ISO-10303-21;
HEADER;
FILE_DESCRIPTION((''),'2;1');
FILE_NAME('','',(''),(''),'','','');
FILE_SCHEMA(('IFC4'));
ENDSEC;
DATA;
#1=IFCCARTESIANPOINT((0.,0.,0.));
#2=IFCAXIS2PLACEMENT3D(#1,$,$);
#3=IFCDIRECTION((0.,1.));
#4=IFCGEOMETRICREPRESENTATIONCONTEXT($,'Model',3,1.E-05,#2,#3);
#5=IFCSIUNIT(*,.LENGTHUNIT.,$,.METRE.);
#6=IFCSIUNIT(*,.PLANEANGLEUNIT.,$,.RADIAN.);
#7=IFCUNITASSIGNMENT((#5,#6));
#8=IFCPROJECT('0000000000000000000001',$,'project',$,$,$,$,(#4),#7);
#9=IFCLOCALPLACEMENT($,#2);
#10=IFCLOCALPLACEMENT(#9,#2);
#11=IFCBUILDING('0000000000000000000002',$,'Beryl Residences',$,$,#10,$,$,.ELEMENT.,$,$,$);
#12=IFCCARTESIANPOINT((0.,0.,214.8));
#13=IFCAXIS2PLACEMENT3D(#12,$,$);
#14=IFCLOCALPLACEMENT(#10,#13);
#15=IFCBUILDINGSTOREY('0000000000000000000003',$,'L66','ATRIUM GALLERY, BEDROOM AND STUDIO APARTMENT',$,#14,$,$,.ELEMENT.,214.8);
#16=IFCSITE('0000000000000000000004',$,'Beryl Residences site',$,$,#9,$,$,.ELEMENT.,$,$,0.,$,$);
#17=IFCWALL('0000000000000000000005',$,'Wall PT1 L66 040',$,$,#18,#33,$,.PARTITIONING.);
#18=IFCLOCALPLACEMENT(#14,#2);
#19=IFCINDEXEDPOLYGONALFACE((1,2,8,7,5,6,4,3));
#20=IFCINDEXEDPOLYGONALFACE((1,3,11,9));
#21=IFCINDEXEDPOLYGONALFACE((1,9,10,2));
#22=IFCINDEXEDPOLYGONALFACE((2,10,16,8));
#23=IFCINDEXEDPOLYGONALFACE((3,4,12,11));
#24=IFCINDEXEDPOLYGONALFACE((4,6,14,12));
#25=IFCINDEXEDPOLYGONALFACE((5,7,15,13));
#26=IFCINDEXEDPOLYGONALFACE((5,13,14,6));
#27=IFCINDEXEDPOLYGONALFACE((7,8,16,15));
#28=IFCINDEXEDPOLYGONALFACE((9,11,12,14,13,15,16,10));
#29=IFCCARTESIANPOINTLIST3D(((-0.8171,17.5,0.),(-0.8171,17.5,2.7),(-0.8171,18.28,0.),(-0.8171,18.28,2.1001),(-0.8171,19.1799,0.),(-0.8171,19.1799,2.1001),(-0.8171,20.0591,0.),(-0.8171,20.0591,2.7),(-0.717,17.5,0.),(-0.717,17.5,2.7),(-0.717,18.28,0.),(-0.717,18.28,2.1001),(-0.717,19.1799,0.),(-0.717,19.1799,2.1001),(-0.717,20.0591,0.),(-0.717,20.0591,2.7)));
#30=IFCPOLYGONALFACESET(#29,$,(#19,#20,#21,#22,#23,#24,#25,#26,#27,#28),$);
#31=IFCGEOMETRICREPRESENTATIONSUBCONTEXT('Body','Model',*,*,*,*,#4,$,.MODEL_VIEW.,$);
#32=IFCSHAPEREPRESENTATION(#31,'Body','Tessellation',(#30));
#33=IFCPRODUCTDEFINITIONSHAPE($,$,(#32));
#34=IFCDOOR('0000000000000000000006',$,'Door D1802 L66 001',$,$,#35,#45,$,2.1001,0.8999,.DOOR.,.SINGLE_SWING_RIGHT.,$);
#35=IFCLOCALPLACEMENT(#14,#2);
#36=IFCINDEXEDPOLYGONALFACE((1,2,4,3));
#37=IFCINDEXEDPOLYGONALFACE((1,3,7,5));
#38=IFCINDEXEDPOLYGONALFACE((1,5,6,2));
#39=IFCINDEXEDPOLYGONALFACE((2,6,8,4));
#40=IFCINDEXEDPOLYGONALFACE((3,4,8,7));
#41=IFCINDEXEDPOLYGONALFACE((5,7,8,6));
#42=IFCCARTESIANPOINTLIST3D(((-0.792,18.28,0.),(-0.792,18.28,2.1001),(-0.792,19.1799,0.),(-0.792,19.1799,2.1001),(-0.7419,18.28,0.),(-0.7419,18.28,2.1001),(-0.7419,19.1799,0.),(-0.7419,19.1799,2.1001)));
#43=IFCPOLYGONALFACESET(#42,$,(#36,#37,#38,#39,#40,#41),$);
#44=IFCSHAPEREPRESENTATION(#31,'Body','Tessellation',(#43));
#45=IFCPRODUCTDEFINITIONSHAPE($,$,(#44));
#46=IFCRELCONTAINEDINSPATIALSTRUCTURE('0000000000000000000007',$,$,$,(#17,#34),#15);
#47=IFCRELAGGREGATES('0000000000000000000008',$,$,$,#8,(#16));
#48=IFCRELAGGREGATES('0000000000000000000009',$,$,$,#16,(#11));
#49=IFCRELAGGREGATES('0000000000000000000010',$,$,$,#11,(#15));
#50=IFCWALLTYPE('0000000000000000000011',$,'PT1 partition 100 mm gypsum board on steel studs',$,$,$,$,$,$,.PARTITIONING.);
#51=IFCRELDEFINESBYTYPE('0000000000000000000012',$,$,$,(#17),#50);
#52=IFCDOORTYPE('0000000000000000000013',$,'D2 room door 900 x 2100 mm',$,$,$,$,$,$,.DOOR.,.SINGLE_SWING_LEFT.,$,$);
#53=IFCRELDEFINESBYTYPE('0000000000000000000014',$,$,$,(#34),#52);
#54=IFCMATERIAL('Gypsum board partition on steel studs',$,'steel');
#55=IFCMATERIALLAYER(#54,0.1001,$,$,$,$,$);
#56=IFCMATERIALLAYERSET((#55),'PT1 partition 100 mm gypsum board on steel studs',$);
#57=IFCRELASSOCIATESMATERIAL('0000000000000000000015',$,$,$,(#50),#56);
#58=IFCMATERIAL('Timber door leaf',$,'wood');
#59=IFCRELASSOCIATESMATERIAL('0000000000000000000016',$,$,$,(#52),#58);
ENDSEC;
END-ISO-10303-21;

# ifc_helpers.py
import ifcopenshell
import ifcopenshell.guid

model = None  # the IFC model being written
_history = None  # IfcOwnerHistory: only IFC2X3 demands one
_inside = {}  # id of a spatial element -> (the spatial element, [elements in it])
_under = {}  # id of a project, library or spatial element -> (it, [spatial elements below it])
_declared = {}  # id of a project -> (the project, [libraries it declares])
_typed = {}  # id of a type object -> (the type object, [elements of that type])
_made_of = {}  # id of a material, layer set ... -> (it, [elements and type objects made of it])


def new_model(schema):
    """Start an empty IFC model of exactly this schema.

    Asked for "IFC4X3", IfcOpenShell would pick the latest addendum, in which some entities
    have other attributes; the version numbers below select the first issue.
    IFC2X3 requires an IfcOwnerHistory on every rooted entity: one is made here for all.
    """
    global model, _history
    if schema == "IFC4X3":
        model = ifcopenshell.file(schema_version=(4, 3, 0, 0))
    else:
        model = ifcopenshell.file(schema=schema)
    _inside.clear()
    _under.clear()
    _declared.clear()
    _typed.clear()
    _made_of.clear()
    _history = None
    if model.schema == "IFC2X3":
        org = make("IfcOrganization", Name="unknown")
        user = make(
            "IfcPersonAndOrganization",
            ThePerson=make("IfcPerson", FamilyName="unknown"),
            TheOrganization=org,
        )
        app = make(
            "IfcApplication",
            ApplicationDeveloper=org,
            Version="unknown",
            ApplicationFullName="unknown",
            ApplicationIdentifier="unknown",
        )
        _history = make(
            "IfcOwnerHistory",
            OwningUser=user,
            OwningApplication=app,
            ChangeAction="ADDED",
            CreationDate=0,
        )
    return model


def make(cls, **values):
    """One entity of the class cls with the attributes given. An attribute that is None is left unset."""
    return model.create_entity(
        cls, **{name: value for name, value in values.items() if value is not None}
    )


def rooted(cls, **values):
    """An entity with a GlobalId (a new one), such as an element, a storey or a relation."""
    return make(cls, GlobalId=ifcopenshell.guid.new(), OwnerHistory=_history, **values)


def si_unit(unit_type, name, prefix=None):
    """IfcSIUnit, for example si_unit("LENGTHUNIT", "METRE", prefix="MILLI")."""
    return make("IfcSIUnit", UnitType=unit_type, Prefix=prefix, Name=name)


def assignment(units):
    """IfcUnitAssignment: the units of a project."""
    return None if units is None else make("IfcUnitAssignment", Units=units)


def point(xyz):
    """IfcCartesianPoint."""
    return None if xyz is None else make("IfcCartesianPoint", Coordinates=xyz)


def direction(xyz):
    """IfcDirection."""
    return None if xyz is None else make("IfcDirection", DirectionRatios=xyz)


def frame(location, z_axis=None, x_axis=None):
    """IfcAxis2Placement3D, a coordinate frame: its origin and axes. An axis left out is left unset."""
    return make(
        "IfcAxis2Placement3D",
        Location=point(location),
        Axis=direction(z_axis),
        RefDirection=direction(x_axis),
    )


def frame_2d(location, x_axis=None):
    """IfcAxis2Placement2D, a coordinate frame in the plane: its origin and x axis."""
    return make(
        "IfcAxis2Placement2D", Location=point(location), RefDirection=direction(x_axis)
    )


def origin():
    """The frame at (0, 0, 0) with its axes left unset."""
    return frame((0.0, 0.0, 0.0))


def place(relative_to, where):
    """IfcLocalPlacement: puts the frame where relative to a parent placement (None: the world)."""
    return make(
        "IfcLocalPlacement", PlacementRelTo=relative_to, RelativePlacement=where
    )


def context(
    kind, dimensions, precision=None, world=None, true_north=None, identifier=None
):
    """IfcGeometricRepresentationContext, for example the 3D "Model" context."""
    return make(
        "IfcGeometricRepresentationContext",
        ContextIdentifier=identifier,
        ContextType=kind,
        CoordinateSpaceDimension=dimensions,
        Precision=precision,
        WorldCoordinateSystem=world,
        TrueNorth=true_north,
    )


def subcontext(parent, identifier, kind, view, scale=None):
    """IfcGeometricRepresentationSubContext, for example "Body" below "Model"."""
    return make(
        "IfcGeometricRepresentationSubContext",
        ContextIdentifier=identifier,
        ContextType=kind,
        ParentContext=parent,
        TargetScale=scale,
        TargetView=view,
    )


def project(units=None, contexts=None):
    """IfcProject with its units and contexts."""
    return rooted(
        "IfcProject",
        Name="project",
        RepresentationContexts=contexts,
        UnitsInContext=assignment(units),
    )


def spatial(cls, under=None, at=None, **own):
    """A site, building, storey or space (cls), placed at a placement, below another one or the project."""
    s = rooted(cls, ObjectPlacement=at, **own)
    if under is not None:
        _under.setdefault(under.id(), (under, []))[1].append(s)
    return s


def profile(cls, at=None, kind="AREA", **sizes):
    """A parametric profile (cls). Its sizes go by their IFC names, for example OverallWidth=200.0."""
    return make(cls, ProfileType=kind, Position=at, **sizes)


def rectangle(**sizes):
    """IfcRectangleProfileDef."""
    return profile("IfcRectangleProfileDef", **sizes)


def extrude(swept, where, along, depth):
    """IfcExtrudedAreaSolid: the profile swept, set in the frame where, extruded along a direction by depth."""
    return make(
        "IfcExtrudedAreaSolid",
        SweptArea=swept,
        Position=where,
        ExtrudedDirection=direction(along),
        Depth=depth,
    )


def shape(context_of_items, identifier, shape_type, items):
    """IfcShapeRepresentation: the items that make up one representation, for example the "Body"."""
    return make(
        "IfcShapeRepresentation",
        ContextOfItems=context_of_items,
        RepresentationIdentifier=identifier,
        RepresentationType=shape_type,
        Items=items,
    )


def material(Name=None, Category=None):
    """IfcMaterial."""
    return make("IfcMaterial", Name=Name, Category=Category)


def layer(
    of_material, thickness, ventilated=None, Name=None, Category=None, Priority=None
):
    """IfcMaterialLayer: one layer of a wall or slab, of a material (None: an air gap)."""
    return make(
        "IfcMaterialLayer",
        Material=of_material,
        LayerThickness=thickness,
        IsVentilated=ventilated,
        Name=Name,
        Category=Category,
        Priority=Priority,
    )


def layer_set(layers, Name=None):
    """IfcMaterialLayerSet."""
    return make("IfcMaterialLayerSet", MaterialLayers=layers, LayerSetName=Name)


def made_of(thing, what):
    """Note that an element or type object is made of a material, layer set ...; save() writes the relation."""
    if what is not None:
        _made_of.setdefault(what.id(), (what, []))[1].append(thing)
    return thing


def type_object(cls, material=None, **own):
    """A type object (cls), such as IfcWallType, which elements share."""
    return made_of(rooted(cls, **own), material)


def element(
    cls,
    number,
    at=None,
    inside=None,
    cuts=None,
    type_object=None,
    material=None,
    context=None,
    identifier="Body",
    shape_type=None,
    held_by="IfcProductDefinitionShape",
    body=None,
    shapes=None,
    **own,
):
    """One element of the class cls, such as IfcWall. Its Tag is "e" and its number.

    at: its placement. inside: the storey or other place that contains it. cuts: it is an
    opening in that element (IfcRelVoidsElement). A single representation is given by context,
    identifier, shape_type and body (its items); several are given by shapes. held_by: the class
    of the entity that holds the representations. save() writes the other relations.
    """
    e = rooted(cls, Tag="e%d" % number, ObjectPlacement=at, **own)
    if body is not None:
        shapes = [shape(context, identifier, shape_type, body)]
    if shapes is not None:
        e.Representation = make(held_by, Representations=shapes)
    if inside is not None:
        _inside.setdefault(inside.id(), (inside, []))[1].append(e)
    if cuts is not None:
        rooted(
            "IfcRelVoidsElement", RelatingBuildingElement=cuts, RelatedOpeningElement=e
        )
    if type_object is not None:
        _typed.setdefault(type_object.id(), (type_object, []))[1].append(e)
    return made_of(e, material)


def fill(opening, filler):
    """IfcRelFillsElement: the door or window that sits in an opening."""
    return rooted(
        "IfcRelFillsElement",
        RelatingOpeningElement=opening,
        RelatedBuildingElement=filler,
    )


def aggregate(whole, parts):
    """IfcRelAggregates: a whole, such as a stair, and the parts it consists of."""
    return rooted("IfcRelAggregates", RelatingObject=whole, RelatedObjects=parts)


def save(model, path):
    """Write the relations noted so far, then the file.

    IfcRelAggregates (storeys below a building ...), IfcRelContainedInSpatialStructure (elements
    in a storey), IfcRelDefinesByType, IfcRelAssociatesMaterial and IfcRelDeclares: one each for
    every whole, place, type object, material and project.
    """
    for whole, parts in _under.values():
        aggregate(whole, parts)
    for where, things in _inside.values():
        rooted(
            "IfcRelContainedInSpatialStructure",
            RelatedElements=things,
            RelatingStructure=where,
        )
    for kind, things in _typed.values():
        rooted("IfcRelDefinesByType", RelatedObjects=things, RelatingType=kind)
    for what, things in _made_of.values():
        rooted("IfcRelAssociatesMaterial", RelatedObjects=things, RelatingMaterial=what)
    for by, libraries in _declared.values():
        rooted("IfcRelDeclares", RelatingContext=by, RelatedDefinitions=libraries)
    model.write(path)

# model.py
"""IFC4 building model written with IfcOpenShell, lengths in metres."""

from ifc_helpers import new_model, si_unit, direction, frame, frame_2d, origin, place, context, subcontext, project, spatial, rectangle, extrude, material, layer, layer_set, type_object, element, fill, save


model = new_model("IFC4")

# Units and contexts
model_context = context("Model", 3, precision=1e-05, world=origin(), true_north=direction((0.0, 1.0)))
body_context = subcontext(model_context, "Body", "Model", "MODEL_VIEW")
ifc_project = project(units=[si_unit("LENGTHUNIT", "METRE"), si_unit("PLANEANGLEUNIT", "RADIAN")], contexts=[model_context])

# Site, building, storey
site_placement = place(None, origin())
site = spatial("IfcSite", under=ifc_project, at=site_placement, Name="Beryl Residences site", CompositionType="ELEMENT", RefElevation=0.0)
building_placement = place(site_placement, origin())
building = spatial("IfcBuilding", under=site, at=building_placement, Name="Beryl Residences", CompositionType="ELEMENT")
storey_placement = place(building_placement, frame((0.0, 0.0, 214.8)))
storey = spatial("IfcBuildingStorey", under=building, at=storey_placement, Name="L66", Description="ATRIUM GALLERY, BEDROOM AND STUDIO APARTMENT", CompositionType="ELEMENT", Elevation=214.8)

# Shared definitions
ifc_material_1 = material(Name="Gypsum board partition on steel studs", Category="steel")
ifc_layer = layer(ifc_material_1, 0.1001)
ifc_layer_set = layer_set([ifc_layer], Name="PT1 partition 100 mm gypsum board on steel studs")
wall_type = type_object("IfcWallType", Name="PT1 partition 100 mm gypsum board on steel studs", PredefinedType="PARTITIONING", material=ifc_layer_set)

# Wall, opening, door
wall_1_placement = place(storey_placement, frame((-0.7671, 17.5, 0.0), z_axis=(0.0, 0.0, 1.0), x_axis=(0.0, 1.0, 0.0)))
wall_1 = element("IfcWall", 1, at=wall_1_placement, inside=storey, type_object=wall_type, Name="Wall PT1 L66 040", PredefinedType="PARTITIONING", context=body_context, shape_type="SweptSolid", body=[
    extrude(rectangle(XDim=2.5591, YDim=0.1001, at=frame_2d((1.2795, 0.0))), origin(), (0.0, 0.0, 1.0), 2.7),
])
opening_1_placement = place(wall_1_placement, frame((0.78, 0.0, 0.0)))
opening_1 = element("IfcOpeningElement", 2, at=opening_1_placement, cuts=wall_1, PredefinedType="OPENING", context=body_context, shape_type="SweptSolid", body=[
    extrude(rectangle(XDim=0.8999, YDim=2.1001, at=frame_2d((0.45, 1.05))), frame((0.0, 0.0601, 0.0), z_axis=(0.0, -1.0, 0.0), x_axis=(1.0, 0.0, 0.0)), (0.0, 0.0, 1.0), 0.1201),
])
ifc_material_2 = material(Name="Timber door leaf", Category="wood")
door_type_1 = type_object("IfcDoorType", Name="D2 room door 900 x 2100 mm", OperationType="SINGLE_SWING_LEFT", PredefinedType="DOOR", material=ifc_material_2)
door_1_placement = place(opening_1_placement, origin())
door_1 = element("IfcDoor", 3, at=door_1_placement, inside=storey, type_object=door_type_1, Name="Door D1802 L66 001", OperationType="SINGLE_SWING_RIGHT", OverallHeight=2.1001, OverallWidth=0.8999, PredefinedType="DOOR", context=body_context, shape_type="SweptSolid", body=[
    extrude(rectangle(XDim=0.8999, YDim=2.1001, at=frame_2d((0.45, 1.05))), frame((0.0, 0.0249, 0.0), z_axis=(0.0, -1.0, 0.0), x_axis=(1.0, 0.0, 0.0)), (0.0, 0.0, 1.0), 0.05),
])
fill(opening_1, door_1)

save(model, "model.ifc")
